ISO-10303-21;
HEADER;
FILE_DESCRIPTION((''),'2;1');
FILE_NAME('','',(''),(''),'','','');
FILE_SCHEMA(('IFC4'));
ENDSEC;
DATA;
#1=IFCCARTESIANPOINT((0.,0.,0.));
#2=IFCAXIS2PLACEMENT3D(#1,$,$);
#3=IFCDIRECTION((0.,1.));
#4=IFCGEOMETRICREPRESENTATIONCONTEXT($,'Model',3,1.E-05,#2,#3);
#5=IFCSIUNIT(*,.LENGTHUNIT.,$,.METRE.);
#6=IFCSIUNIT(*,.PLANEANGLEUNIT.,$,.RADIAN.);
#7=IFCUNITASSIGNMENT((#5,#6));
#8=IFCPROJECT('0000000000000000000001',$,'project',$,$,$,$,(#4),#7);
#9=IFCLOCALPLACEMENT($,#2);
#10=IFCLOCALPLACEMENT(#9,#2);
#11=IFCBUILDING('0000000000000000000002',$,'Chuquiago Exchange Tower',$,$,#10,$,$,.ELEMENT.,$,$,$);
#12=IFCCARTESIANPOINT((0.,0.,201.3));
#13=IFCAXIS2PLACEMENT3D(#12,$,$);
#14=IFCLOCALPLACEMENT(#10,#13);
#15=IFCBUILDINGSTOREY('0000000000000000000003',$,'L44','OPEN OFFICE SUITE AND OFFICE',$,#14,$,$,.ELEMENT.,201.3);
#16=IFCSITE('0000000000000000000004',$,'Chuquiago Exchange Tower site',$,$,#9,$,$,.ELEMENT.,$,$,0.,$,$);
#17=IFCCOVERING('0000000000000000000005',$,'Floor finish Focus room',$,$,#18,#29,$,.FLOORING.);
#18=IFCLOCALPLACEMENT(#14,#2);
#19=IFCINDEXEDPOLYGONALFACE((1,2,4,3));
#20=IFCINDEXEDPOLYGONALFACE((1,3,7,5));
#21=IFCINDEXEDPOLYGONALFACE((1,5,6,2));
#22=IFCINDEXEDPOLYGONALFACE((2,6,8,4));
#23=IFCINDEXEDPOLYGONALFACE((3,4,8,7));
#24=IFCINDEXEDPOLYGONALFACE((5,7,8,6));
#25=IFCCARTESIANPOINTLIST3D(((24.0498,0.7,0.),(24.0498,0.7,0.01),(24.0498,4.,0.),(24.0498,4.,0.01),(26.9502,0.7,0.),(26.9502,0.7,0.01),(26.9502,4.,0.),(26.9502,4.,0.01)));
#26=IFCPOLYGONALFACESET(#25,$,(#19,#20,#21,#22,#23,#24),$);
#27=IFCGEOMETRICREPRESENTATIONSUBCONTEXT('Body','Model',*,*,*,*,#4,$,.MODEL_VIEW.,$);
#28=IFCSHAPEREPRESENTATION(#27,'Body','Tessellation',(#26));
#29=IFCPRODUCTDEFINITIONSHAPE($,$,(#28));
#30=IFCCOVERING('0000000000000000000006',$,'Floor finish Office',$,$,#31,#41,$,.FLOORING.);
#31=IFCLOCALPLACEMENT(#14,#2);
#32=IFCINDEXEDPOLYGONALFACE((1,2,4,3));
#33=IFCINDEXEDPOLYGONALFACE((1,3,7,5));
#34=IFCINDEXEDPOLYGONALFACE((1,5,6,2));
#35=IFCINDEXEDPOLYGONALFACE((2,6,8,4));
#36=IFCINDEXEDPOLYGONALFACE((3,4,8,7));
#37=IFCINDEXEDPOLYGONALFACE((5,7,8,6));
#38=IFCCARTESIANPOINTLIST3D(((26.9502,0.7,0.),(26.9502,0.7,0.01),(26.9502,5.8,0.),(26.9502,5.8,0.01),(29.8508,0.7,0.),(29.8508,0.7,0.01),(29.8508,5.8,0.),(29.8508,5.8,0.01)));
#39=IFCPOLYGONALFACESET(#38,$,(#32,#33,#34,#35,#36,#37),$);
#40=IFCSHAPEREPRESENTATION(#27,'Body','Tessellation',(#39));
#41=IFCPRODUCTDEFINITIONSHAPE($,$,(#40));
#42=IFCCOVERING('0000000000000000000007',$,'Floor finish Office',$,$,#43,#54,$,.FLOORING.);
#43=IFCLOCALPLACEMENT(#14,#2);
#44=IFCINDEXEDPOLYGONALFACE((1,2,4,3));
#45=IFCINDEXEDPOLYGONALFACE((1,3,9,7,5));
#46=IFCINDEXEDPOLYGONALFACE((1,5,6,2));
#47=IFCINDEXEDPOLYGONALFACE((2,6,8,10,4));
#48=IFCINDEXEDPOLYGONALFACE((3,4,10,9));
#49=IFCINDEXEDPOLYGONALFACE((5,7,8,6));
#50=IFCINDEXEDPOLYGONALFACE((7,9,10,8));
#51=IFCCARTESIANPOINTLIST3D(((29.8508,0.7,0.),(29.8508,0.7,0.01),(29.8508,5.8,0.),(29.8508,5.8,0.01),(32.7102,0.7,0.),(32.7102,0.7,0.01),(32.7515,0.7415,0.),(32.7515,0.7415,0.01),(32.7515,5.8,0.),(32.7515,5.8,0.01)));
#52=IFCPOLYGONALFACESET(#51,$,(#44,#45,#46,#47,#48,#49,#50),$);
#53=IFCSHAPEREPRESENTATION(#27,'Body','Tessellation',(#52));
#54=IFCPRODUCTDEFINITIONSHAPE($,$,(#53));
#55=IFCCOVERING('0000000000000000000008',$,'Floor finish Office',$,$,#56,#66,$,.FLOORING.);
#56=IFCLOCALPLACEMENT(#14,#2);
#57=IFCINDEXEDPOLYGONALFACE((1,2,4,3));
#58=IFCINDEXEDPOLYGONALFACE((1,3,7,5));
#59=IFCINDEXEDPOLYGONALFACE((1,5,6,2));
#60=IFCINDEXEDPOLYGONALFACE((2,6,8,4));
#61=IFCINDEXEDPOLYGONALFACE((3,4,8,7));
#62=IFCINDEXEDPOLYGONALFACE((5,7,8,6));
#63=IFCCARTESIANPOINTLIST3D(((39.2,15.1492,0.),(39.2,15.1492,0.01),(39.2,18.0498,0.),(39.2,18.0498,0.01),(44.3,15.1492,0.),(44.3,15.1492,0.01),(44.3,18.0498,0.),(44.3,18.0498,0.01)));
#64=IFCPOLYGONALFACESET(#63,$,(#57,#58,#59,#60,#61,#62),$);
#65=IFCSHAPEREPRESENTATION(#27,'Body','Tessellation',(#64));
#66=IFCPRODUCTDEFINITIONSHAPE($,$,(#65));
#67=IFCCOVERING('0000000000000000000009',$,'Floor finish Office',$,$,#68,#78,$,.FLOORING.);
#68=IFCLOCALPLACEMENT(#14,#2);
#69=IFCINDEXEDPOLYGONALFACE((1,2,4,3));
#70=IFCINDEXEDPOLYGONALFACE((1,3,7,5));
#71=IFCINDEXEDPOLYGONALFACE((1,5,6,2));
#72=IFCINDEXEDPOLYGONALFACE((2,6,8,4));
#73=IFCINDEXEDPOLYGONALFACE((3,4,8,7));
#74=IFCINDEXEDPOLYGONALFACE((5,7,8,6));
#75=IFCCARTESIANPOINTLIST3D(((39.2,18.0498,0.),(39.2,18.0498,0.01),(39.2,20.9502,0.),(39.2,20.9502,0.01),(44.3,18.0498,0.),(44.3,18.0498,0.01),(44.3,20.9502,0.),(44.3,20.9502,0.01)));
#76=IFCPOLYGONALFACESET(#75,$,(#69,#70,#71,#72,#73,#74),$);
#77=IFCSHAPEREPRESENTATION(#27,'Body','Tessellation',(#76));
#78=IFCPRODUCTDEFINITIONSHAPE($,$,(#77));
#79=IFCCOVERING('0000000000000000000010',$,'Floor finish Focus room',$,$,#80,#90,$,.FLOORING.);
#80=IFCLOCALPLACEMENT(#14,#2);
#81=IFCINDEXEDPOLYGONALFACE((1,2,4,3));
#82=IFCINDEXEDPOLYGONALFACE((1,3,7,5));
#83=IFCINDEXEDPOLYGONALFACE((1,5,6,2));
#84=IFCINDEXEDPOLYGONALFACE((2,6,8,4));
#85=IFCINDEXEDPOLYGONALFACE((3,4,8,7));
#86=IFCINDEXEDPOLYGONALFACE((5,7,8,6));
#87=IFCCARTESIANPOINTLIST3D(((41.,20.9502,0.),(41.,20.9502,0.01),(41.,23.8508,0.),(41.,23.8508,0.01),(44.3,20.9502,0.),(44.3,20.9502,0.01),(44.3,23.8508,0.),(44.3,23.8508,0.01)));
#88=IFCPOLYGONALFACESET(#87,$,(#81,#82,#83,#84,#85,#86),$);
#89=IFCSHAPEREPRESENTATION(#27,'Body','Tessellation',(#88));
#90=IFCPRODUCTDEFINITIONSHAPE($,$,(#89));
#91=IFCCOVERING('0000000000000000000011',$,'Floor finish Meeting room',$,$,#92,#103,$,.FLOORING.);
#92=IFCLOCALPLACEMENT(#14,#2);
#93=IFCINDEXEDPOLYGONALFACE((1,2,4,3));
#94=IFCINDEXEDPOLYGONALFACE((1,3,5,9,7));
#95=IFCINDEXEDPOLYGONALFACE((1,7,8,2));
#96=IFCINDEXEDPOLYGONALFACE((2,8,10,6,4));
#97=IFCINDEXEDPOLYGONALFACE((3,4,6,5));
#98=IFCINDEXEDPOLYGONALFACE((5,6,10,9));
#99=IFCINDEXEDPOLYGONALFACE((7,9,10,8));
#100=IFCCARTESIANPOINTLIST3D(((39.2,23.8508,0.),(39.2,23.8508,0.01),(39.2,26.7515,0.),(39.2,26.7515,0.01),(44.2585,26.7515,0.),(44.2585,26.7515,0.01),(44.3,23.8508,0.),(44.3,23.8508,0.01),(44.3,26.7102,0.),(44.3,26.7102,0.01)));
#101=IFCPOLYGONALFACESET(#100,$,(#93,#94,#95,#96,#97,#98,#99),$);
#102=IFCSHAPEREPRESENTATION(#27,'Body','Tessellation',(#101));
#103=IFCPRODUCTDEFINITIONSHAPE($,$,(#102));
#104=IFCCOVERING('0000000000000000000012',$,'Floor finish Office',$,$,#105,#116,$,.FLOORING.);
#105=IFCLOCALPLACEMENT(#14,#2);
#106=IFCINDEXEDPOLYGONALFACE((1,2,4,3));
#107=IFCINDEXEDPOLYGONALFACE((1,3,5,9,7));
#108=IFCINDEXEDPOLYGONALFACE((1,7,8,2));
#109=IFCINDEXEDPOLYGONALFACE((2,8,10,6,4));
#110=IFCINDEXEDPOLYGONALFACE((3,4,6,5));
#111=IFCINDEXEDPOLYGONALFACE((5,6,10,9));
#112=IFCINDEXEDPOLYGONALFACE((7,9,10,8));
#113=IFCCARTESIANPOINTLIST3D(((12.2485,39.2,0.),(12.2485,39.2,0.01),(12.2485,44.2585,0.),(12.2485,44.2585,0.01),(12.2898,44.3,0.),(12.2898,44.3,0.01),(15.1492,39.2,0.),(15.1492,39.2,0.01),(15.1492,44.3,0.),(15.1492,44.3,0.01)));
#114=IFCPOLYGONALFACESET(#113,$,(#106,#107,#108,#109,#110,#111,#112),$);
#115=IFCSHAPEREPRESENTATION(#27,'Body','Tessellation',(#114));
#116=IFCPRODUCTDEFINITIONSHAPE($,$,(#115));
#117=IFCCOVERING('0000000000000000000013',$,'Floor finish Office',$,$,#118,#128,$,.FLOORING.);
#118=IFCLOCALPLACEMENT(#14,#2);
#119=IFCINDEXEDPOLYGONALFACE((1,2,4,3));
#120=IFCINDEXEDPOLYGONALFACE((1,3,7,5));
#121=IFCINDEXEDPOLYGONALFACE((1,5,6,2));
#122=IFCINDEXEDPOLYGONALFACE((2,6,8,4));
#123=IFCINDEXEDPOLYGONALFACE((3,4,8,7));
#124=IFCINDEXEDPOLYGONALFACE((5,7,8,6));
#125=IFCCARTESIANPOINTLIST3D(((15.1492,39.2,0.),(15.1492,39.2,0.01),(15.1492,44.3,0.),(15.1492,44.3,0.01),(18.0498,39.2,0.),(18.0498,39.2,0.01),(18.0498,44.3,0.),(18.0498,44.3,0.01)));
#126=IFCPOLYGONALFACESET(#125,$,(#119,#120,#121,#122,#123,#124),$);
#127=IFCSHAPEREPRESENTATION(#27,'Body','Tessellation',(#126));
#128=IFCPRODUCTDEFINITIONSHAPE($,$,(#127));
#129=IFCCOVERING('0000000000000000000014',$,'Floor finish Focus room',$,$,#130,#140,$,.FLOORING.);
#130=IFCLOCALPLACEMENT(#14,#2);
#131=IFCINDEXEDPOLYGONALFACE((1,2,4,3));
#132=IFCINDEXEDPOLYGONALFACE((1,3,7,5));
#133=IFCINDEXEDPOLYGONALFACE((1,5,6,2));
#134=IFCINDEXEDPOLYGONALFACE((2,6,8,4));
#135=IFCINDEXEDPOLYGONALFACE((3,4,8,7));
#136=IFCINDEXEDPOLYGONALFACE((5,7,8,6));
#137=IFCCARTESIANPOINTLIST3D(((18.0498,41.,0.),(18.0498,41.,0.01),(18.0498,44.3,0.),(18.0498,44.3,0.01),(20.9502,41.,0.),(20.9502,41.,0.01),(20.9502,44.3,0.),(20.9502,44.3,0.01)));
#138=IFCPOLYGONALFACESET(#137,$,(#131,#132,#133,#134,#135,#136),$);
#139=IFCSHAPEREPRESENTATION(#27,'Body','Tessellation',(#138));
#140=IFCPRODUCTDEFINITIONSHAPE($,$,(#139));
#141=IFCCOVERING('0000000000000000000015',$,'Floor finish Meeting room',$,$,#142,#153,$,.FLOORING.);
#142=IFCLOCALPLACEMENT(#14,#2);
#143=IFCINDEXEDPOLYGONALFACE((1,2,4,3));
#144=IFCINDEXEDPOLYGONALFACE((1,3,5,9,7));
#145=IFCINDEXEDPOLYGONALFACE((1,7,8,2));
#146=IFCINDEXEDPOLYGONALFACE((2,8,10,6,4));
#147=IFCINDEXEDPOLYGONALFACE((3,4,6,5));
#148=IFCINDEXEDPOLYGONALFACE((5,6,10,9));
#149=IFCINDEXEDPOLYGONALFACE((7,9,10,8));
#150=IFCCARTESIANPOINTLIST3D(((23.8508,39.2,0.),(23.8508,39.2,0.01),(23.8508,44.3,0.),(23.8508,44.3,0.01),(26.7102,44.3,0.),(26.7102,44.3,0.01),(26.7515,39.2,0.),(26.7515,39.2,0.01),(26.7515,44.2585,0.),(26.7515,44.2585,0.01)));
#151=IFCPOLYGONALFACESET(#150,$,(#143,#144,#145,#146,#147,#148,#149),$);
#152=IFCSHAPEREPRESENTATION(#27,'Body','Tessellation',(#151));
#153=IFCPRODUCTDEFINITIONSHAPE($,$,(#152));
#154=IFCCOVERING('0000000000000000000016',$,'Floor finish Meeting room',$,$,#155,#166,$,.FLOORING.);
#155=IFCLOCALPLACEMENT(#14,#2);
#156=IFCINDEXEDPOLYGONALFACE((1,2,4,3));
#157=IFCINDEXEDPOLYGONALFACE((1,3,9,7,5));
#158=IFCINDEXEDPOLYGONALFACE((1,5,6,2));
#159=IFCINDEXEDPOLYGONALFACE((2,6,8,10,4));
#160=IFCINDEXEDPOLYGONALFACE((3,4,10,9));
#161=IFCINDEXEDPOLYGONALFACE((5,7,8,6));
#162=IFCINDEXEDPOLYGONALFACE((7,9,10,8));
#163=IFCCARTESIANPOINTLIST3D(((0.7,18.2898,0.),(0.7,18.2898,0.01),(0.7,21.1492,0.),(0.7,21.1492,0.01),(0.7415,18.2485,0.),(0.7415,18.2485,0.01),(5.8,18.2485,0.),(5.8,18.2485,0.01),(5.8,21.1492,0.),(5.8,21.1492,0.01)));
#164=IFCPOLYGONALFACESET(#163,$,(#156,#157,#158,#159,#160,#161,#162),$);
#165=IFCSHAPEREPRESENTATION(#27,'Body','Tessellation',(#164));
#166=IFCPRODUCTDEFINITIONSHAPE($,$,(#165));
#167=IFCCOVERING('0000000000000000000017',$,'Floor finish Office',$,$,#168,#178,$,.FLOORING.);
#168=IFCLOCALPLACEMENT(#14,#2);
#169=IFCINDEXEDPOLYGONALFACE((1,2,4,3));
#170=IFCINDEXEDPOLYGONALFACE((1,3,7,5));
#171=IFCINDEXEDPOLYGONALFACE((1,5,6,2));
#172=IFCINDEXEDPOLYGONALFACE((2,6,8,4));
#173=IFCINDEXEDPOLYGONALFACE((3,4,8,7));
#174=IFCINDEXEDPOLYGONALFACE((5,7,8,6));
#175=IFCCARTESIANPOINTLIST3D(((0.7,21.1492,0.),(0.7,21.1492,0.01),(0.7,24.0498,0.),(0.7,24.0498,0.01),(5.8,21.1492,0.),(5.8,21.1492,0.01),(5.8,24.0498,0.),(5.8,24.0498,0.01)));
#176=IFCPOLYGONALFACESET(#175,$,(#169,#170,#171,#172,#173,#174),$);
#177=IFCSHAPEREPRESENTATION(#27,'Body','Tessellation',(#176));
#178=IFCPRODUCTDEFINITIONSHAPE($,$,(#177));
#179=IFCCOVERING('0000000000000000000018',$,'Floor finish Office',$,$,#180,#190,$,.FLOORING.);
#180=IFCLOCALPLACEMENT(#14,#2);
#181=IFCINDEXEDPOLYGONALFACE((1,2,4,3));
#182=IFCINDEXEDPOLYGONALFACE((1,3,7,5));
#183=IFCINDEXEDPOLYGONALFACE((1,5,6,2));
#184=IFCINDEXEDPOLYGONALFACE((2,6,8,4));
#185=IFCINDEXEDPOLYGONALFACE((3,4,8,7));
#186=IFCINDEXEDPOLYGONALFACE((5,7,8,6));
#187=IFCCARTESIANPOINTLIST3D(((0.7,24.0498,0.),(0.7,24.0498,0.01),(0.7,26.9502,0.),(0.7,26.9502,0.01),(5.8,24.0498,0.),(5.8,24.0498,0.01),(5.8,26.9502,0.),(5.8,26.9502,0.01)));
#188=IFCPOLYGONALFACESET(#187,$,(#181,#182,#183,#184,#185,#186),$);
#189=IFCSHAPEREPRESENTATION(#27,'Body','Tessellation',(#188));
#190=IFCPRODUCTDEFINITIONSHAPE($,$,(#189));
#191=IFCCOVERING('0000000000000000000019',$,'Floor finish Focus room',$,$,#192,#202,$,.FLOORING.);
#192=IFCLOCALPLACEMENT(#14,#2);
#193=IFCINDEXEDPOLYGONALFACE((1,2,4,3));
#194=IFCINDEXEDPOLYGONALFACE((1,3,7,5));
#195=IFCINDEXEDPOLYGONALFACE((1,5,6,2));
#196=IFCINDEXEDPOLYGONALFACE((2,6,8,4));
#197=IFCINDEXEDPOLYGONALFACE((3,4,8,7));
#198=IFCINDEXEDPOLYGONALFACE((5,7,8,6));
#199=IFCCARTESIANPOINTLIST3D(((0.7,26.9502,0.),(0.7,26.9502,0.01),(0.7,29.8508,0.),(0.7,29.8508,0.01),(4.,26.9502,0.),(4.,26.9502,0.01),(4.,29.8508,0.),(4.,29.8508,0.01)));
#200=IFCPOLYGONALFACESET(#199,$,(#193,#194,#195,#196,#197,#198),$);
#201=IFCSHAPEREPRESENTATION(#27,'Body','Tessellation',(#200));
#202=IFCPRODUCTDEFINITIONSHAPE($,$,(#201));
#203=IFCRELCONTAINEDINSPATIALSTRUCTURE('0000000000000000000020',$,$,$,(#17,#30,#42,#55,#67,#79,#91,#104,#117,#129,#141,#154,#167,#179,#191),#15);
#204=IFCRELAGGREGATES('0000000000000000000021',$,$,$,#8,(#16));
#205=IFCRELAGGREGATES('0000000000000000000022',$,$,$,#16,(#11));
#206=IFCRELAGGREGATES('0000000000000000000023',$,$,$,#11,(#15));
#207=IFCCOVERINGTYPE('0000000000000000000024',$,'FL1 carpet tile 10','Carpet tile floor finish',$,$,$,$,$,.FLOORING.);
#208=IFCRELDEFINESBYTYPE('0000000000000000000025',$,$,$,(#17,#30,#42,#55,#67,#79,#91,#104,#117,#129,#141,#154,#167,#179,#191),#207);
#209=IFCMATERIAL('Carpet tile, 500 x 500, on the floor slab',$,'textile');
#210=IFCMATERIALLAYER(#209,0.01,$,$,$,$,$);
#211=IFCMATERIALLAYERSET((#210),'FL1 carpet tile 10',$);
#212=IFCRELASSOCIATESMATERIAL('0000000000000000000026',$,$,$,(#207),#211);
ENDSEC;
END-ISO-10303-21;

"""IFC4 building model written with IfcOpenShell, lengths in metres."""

from ifc_helpers import new_model, si_unit, direction, frame, origin, place, context, subcontext, project, spatial, polyline, outline, extrude, material, layer, layer_set, type_object, element, save


model = new_model("IFC4")

# Units and contexts
model_context = context("Model", 3, precision=1e-05, world=origin(), true_north=direction((0.0, 1.0)))
body_context = subcontext(model_context, "Body", "Model", "MODEL_VIEW")
ifc_project = project(units=[si_unit("LENGTHUNIT", "METRE"), si_unit("PLANEANGLEUNIT", "RADIAN")], contexts=[model_context])

# Site, building, storey
site_placement = place(None, origin())
site = spatial("IfcSite", under=ifc_project, at=site_placement, Name="Chuquiago Exchange Tower site", CompositionType="ELEMENT", RefElevation=0.0)
building_placement = place(site_placement, origin())
building = spatial("IfcBuilding", under=site, at=building_placement, Name="Chuquiago Exchange Tower", CompositionType="ELEMENT")
storey_placement = place(building_placement, frame((0.0, 0.0, 201.3)))
storey = spatial("IfcBuildingStorey", under=building, at=storey_placement, Name="L44", Description="OPEN OFFICE SUITE AND OFFICE", CompositionType="ELEMENT", Elevation=201.3)

# Coverings
ifc_material_1 = material(Name="Carpet tile, 500 x 500, on the floor slab", Category="textile")
ifc_layer_1 = layer(ifc_material_1, 0.01)
ifc_layer_set_1 = layer_set([ifc_layer_1], Name="FL1 carpet tile 10")
covering_type_1 = type_object("IfcCoveringType", Name="FL1 carpet tile 10", Description="Carpet tile floor finish", PredefinedType="FLOORING", material=ifc_layer_set_1)
covering_1_placement = place(storey_placement, origin())
element("IfcCovering", 1, at=covering_1_placement, inside=storey, type_object=covering_type_1, Name="Floor finish Focus room", PredefinedType="FLOORING", context=body_context, shape_type="SweptSolid", body=[
    extrude(outline(polyline([(24.0498, 0.7), (24.0498, 4.0), (26.9502, 4.0), (26.9502, 0.7), (24.0498, 0.7)])), origin(), (0.0, 0.0, 1.0), 0.01),
])
covering_2_placement = place(storey_placement, origin())
element("IfcCovering", 2, at=covering_2_placement, inside=storey, type_object=covering_type_1, Name="Floor finish Office", PredefinedType="FLOORING", context=body_context, shape_type="SweptSolid", body=[
    extrude(outline(polyline([(26.9502, 0.7), (26.9502, 5.8), (29.8508, 5.8), (29.8508, 0.7), (26.9502, 0.7)])), origin(), (0.0, 0.0, 1.0), 0.01),
])
covering_3_placement = place(storey_placement, origin())
element("IfcCovering", 3, at=covering_3_placement, inside=storey, type_object=covering_type_1, Name="Floor finish Office", PredefinedType="FLOORING", context=body_context, shape_type="SweptSolid", body=[
    extrude(outline(polyline([(32.7102, 0.7), (29.8508, 0.7), (29.8508, 5.8), (32.7515, 5.8), (32.7515, 0.7415), (32.7102, 0.7)])), origin(), (0.0, 0.0, 1.0), 0.01),
])
covering_4_placement = place(storey_placement, origin())
element("IfcCovering", 4, at=covering_4_placement, inside=storey, type_object=covering_type_1, Name="Floor finish Office", PredefinedType="FLOORING", context=body_context, shape_type="SweptSolid", body=[
    extrude(outline(polyline([(44.3, 15.1492), (39.2, 15.1492), (39.2, 18.0498), (44.3, 18.0498), (44.3, 15.1492)])), origin(), (0.0, 0.0, 1.0), 0.01),
])
covering_5_placement = place(storey_placement, origin())
element("IfcCovering", 5, at=covering_5_placement, inside=storey, type_object=covering_type_1, Name="Floor finish Office", PredefinedType="FLOORING", context=body_context, shape_type="SweptSolid", body=[
    extrude(outline(polyline([(44.3, 18.0498), (39.2, 18.0498), (39.2, 20.9502), (44.3, 20.9502), (44.3, 18.0498)])), origin(), (0.0, 0.0, 1.0), 0.01),
])
covering_6_placement = place(storey_placement, origin())
element("IfcCovering", 6, at=covering_6_placement, inside=storey, type_object=covering_type_1, Name="Floor finish Focus room", PredefinedType="FLOORING", context=body_context, shape_type="SweptSolid", body=[
    extrude(outline(polyline([(44.3, 20.9502), (41.0, 20.9502), (41.0, 23.8508), (44.3, 23.8508), (44.3, 20.9502)])), origin(), (0.0, 0.0, 1.0), 0.01),
])
covering_7_placement = place(storey_placement, origin())
element("IfcCovering", 7, at=covering_7_placement, inside=storey, type_object=covering_type_1, Name="Floor finish Meeting room", PredefinedType="FLOORING", context=body_context, shape_type="SweptSolid", body=[
    extrude(outline(polyline([(44.3, 26.7102), (44.3, 23.8508), (39.2, 23.8508), (39.2, 26.7515), (44.2585, 26.7515), (44.3, 26.7102)])), origin(), (0.0, 0.0, 1.0), 0.01),
])
covering_8_placement = place(storey_placement, origin())
element("IfcCovering", 8, at=covering_8_placement, inside=storey, type_object=covering_type_1, Name="Floor finish Office", PredefinedType="FLOORING", context=body_context, shape_type="SweptSolid", body=[
    extrude(outline(polyline([(12.2898, 44.3), (15.1492, 44.3), (15.1492, 39.2), (12.2485, 39.2), (12.2485, 44.2585), (12.2898, 44.3)])), origin(), (0.0, 0.0, 1.0), 0.01),
])
covering_9_placement = place(storey_placement, origin())
element("IfcCovering", 9, at=covering_9_placement, inside=storey, type_object=covering_type_1, Name="Floor finish Office", PredefinedType="FLOORING", context=body_context, shape_type="SweptSolid", body=[
    extrude(outline(polyline([(18.0498, 44.3), (18.0498, 39.2), (15.1492, 39.2), (15.1492, 44.3), (18.0498, 44.3)])), origin(), (0.0, 0.0, 1.0), 0.01),
])
covering_10_placement = place(storey_placement, origin())
element("IfcCovering", 10, at=covering_10_placement, inside=storey, type_object=covering_type_1, Name="Floor finish Focus room", PredefinedType="FLOORING", context=body_context, shape_type="SweptSolid", body=[
    extrude(outline(polyline([(20.9502, 44.3), (20.9502, 41.0), (18.0498, 41.0), (18.0498, 44.3), (20.9502, 44.3)])), origin(), (0.0, 0.0, 1.0), 0.01),
])
covering_11_placement = place(storey_placement, origin())
element("IfcCovering", 11, at=covering_11_placement, inside=storey, type_object=covering_type_1, Name="Floor finish Meeting room", PredefinedType="FLOORING", context=body_context, shape_type="SweptSolid", body=[
    extrude(outline(polyline([(26.7102, 44.3), (26.7515, 44.2585), (26.7515, 39.2), (23.8508, 39.2), (23.8508, 44.3), (26.7102, 44.3)])), origin(), (0.0, 0.0, 1.0), 0.01),
])
covering_12_placement = place(storey_placement, origin())
element("IfcCovering", 12, at=covering_12_placement, inside=storey, type_object=covering_type_1, Name="Floor finish Meeting room", PredefinedType="FLOORING", context=body_context, shape_type="SweptSolid", body=[
    extrude(outline(polyline([(0.7, 21.1492), (5.8, 21.1492), (5.8, 18.2485), (0.7415, 18.2485), (0.7, 18.2898), (0.7, 21.1492)])), origin(), (0.0, 0.0, 1.0), 0.01),
])
covering_13_placement = place(storey_placement, origin())
element("IfcCovering", 13, at=covering_13_placement, inside=storey, type_object=covering_type_1, Name="Floor finish Office", PredefinedType="FLOORING", context=body_context, shape_type="SweptSolid", body=[
    extrude(outline(polyline([(0.7, 24.0498), (5.8, 24.0498), (5.8, 21.1492), (0.7, 21.1492), (0.7, 24.0498)])), origin(), (0.0, 0.0, 1.0), 0.01),
])
covering_14_placement = place(storey_placement, origin())
element("IfcCovering", 14, at=covering_14_placement, inside=storey, type_object=covering_type_1, Name="Floor finish Office", PredefinedType="FLOORING", context=body_context, shape_type="SweptSolid", body=[
    extrude(outline(polyline([(0.7, 26.9502), (5.8, 26.9502), (5.8, 24.0498), (0.7, 24.0498), (0.7, 26.9502)])), origin(), (0.0, 0.0, 1.0), 0.01),
])
covering_15_placement = place(storey_placement, origin())
element("IfcCovering", 15, at=covering_15_placement, inside=storey, type_object=covering_type_1, Name="Floor finish Focus room", PredefinedType="FLOORING", context=body_context, shape_type="SweptSolid", body=[
    extrude(outline(polyline([(0.7, 29.8508), (4.0, 29.8508), (4.0, 26.9502), (0.7, 26.9502), (0.7, 29.8508)])), origin(), (0.0, 0.0, 1.0), 0.01),
])

save(model, "model.ifc")
